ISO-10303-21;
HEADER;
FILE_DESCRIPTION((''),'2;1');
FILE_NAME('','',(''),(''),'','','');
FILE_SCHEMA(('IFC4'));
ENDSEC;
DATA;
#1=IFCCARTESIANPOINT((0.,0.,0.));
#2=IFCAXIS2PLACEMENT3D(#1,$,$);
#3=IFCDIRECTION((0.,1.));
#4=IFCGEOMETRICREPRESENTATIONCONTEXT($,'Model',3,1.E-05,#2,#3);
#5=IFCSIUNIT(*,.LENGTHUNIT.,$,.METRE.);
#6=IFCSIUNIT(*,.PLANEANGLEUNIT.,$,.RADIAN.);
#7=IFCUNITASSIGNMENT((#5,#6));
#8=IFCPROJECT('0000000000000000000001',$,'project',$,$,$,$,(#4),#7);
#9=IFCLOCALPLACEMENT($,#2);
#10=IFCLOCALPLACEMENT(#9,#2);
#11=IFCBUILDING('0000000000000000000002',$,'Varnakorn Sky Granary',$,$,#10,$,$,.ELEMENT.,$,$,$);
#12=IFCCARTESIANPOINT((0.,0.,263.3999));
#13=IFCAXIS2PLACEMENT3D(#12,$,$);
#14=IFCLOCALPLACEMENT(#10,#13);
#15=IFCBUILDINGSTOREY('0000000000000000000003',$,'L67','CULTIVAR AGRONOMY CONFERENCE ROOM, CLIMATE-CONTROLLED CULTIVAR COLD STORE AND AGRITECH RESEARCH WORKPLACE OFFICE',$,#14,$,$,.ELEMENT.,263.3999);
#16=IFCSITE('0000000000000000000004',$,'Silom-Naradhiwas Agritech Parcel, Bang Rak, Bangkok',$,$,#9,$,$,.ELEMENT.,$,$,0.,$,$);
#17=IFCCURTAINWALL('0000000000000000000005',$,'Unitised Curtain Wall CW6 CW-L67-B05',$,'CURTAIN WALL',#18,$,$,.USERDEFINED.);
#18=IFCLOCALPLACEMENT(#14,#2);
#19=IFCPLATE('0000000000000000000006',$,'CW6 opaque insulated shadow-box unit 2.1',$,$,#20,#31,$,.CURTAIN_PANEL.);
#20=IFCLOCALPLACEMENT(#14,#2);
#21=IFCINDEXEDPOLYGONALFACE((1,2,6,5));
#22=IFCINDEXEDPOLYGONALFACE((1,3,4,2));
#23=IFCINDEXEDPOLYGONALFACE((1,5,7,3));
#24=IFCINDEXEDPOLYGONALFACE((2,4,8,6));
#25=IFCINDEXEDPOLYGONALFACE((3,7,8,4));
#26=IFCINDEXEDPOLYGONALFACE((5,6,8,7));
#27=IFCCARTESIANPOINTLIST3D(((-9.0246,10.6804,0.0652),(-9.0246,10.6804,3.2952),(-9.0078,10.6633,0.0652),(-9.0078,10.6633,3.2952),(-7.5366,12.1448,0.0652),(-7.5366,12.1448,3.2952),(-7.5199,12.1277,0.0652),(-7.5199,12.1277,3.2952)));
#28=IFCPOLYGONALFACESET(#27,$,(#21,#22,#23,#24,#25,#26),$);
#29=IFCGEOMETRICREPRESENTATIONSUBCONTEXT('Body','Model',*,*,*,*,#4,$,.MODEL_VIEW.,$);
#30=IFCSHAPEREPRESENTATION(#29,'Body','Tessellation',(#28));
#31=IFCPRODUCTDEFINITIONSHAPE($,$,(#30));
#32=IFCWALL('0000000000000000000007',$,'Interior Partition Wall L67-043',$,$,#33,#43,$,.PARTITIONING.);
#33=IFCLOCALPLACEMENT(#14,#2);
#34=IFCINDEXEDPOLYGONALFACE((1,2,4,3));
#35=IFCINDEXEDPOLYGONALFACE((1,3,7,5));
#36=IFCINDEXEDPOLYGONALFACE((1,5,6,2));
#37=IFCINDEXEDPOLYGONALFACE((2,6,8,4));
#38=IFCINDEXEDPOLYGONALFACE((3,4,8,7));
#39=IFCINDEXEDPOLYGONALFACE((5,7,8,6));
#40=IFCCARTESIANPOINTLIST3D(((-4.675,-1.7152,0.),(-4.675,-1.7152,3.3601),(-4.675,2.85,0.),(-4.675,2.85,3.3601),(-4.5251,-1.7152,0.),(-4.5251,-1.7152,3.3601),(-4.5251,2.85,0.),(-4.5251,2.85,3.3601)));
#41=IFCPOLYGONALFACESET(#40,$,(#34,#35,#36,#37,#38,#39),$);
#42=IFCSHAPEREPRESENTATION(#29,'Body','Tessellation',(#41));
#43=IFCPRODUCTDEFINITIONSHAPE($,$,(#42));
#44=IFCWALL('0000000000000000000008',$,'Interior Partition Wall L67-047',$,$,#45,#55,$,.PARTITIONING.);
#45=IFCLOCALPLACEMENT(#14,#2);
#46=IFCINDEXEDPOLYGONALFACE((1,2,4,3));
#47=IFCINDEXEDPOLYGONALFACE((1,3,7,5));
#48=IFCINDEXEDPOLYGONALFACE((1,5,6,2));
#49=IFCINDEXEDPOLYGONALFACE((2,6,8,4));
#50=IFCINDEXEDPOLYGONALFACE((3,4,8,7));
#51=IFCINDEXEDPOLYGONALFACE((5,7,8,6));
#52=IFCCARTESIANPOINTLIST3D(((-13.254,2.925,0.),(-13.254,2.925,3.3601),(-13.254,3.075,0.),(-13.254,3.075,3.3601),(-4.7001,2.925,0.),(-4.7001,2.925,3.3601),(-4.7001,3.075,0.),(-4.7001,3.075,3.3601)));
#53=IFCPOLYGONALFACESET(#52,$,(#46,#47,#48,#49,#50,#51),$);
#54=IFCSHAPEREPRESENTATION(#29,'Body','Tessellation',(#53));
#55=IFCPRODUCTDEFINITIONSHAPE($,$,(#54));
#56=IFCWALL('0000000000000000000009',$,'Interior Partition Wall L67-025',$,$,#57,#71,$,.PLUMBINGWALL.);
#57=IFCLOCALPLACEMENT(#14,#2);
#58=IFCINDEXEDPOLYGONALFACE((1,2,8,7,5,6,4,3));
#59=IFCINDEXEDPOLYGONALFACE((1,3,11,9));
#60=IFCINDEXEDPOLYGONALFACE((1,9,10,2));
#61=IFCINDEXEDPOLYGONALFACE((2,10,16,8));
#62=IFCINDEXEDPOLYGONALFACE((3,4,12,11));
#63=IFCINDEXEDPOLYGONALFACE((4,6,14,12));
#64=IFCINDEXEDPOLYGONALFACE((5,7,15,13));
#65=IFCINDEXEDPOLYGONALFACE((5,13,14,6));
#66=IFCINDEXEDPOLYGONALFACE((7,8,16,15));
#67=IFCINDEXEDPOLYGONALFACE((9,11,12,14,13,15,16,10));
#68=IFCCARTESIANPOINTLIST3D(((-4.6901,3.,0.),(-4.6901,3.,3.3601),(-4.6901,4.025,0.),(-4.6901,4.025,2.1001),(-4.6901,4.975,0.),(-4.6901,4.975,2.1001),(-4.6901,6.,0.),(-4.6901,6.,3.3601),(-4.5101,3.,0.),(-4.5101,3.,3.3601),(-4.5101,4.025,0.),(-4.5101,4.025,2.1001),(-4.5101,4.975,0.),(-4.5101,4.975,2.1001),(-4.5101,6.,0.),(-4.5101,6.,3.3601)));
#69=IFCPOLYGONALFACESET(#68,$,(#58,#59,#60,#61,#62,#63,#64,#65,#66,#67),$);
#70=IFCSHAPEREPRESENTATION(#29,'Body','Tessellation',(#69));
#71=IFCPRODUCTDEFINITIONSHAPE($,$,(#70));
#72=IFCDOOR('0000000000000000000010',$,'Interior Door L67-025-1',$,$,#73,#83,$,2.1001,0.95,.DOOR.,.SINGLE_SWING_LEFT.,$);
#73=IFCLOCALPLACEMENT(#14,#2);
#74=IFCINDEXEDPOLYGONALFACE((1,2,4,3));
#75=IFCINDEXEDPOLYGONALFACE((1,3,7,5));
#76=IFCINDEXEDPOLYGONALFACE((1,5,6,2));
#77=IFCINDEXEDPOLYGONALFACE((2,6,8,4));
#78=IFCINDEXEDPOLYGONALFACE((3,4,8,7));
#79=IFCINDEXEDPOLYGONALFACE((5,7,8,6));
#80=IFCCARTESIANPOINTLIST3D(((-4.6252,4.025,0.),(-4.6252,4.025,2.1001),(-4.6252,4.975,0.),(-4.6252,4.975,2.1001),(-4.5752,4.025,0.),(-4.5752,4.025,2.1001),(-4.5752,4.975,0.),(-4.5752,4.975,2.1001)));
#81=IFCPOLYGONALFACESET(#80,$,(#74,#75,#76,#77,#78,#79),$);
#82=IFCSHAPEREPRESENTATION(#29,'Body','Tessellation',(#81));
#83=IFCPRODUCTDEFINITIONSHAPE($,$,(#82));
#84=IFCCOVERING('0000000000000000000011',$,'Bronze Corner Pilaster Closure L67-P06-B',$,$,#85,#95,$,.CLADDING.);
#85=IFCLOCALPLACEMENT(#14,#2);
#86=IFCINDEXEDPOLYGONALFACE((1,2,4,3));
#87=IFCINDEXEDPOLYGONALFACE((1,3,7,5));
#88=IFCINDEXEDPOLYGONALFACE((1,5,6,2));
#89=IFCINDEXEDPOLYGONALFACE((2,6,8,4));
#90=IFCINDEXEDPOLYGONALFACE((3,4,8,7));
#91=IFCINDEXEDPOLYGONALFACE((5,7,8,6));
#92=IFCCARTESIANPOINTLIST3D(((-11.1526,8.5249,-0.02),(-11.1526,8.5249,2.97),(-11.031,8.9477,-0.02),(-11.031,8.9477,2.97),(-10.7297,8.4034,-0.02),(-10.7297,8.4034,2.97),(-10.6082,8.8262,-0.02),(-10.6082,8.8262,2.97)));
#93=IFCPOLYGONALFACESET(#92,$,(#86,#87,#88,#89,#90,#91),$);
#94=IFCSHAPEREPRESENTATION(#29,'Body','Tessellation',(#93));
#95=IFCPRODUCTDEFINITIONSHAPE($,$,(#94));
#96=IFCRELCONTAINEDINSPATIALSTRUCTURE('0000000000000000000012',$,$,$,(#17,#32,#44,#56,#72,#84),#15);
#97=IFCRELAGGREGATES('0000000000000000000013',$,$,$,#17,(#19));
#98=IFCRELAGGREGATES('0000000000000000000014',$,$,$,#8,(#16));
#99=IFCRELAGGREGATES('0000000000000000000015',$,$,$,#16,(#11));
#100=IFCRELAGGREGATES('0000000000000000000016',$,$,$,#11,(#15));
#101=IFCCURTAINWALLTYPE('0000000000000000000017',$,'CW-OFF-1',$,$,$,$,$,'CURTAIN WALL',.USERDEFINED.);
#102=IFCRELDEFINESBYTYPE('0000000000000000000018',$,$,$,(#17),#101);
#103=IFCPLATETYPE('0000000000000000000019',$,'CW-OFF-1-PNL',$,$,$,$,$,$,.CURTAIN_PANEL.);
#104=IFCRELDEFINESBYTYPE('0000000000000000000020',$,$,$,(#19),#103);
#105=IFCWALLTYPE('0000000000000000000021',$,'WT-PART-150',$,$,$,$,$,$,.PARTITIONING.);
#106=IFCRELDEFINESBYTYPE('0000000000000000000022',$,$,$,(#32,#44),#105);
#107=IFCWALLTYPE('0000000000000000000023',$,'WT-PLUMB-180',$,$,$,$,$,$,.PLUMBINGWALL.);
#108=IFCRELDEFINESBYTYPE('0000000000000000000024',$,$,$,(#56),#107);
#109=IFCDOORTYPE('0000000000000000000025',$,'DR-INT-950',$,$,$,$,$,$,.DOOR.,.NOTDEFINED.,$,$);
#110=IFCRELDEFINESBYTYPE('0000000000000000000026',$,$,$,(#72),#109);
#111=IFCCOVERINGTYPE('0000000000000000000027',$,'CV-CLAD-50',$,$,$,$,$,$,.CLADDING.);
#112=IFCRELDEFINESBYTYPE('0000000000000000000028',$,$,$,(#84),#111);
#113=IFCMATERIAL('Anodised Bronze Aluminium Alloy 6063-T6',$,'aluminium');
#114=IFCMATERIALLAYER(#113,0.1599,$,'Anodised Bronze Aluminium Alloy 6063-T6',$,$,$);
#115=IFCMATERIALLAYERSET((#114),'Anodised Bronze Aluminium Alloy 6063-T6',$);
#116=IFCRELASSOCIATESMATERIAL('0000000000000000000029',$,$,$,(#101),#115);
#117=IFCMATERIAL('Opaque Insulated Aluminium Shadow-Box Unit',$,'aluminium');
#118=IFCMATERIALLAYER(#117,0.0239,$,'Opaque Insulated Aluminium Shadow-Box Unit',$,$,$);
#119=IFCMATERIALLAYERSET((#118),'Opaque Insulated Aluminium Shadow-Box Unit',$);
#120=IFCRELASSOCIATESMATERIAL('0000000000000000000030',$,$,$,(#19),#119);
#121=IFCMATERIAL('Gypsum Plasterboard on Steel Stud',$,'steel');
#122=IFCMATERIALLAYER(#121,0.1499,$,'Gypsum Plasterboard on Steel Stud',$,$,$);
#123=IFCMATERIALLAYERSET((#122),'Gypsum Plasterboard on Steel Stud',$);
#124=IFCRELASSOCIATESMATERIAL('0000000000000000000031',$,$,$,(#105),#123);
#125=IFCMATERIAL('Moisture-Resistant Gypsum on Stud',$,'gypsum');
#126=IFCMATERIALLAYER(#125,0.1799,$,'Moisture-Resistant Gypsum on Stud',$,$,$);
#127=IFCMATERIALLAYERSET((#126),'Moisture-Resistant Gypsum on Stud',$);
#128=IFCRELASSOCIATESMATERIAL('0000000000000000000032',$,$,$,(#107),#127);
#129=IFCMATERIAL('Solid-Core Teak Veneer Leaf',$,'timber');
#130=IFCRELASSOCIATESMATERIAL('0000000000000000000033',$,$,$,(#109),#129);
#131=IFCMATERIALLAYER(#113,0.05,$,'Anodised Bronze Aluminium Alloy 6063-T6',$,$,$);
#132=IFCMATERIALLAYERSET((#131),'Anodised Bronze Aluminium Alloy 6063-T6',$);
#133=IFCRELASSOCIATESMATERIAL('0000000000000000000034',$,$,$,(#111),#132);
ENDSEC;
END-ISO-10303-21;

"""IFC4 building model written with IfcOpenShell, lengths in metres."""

from ifc_helpers import new_model, si_unit, direction, frame, frame_2d, origin, origin_2d, place, context, subcontext, project, spatial, rectangle, extrude, source, transform, mapped, material, layer, layer_set, type_object, type_shapes, element, fill, aggregate, save


model = new_model("IFC4")

# Units and contexts
model_context = context("Model", 3, precision=1e-05, world=origin(), true_north=direction((0.0, 1.0)))
body_context = subcontext(model_context, "Body", "Model", "MODEL_VIEW")
ifc_project = project(units=[si_unit("LENGTHUNIT", "METRE"), si_unit("PLANEANGLEUNIT", "RADIAN")], contexts=[model_context])

# Site, building, storey
site_placement = place(None, origin())
site = spatial("IfcSite", under=ifc_project, at=site_placement, Name="Silom-Naradhiwas Agritech Parcel, Bang Rak, Bangkok", CompositionType="ELEMENT", RefElevation=0.0)
building_placement = place(site_placement, origin())
building = spatial("IfcBuilding", under=site, at=building_placement, Name="Varnakorn Sky Granary", CompositionType="ELEMENT")
storey_placement = place(building_placement, frame((0.0, 0.0, 263.3999)))
storey = spatial("IfcBuildingStorey", under=building, at=storey_placement, Name="L67", Description="CULTIVAR AGRONOMY CONFERENCE ROOM, CLIMATE-CONTROLLED CULTIVAR COLD STORE AND AGRITECH RESEARCH WORKPLACE OFFICE", CompositionType="ELEMENT", Elevation=263.3999)

# Curtain wall
ifc_material_1 = material(Name="Anodised Bronze Aluminium Alloy 6063-T6", Category="aluminium")
ifc_layer_1 = layer(ifc_material_1, 0.1599, Name="Anodised Bronze Aluminium Alloy 6063-T6")
ifc_layer_set_1 = layer_set([ifc_layer_1], Name="Anodised Bronze Aluminium Alloy 6063-T6")
curtain_wall_type = type_object("IfcCurtainWallType", Name="CW-OFF-1", ElementType="CURTAIN WALL", PredefinedType="USERDEFINED", material=ifc_layer_set_1)
curtain_wall_placement = place(storey_placement, origin())
curtain_wall = element("IfcCurtainWall", 1, at=curtain_wall_placement, inside=storey, type_object=curtain_wall_type, Name="Unitised Curtain Wall CW6 CW-L67-B05", ObjectType="CURTAIN WALL", PredefinedType="USERDEFINED")

# Plate
plate_type = type_object("IfcPlateType", Name="CW-OFF-1-PNL", PredefinedType="CURTAIN_PANEL")
ifc_material_2 = material(Name="Opaque Insulated Aluminium Shadow-Box Unit", Category="aluminium")
ifc_layer_2 = layer(ifc_material_2, 0.0239, Name="Opaque Insulated Aluminium Shadow-Box Unit")
ifc_layer_set_2 = layer_set([ifc_layer_2], Name="Opaque Insulated Aluminium Shadow-Box Unit")
shared_shape_1 = source(origin(), body_context, "Body", "SweptSolid", [
    extrude(rectangle(XDim=2.0876, YDim=0.0239, at=origin_2d()), origin(), (0.0, 0.0, 1.0), 3.23),
])
plate_1_placement = place(storey_placement, frame((-8.2722, 11.4041, 0.0652), z_axis=(0.0, 0.0, 1.0), x_axis=(0.712728, 0.70144, 0.0)))
plate_1 = element("IfcPlate", 2, at=plate_1_placement, type_object=plate_type, material=ifc_layer_set_2, Name="CW6 opaque insulated shadow-box unit 2.1", PredefinedType="CURTAIN_PANEL", context=body_context, shape_type="MappedRepresentation", body=[
    mapped(shared_shape_1, transform((0.0, 0.0, 0.0), x_axis=(1.0, 0.0, 0.0), y_axis=(0.0, 1.0, 0.0), z_axis=(0.0, 0.0, 1.0), scale=1.0)),
])
aggregate(curtain_wall, [plate_1])

# Walls
ifc_material_3 = material(Name="Gypsum Plasterboard on Steel Stud", Category="steel")
ifc_layer_3 = layer(ifc_material_3, 0.1499, Name="Gypsum Plasterboard on Steel Stud")
ifc_layer_set_3 = layer_set([ifc_layer_3], Name="Gypsum Plasterboard on Steel Stud")
wall_type_1 = type_object("IfcWallType", Name="WT-PART-150", PredefinedType="PARTITIONING", material=ifc_layer_set_3)
wall_1_placement = place(storey_placement, frame((-4.6001, 2.8501, 0.0), z_axis=(0.0, 0.0, 1.0), x_axis=(0.0, -1.0, 0.0)))
element("IfcWall", 3, at=wall_1_placement, inside=storey, type_object=wall_type_1, Name="Interior Partition Wall L67-043", PredefinedType="PARTITIONING", context=body_context, shape_type="SweptSolid", body=[
    extrude(rectangle(XDim=4.5652, YDim=0.1499, at=frame_2d((2.2827, 0.0))), origin(), (0.0, 0.0, 1.0), 3.3601),
])
wall_2_placement = place(storey_placement, frame((-13.2539, 3.0, 0.0), z_axis=(0.0, 0.0, 1.0), x_axis=(1.0, 0.0, 0.0)))
element("IfcWall", 4, at=wall_2_placement, inside=storey, type_object=wall_type_1, Name="Interior Partition Wall L67-047", PredefinedType="PARTITIONING", context=body_context, shape_type="SweptSolid", body=[
    extrude(rectangle(XDim=8.554, YDim=0.1499, at=frame_2d((4.2769, 0.0))), origin(), (0.0, 0.0, 1.0), 3.3601),
])

# Wall, opening, door
ifc_material_4 = material(Name="Moisture-Resistant Gypsum on Stud", Category="gypsum")
ifc_layer_4 = layer(ifc_material_4, 0.1799, Name="Moisture-Resistant Gypsum on Stud")
ifc_layer_set_4 = layer_set([ifc_layer_4], Name="Moisture-Resistant Gypsum on Stud")
wall_type_2 = type_object("IfcWallType", Name="WT-PLUMB-180", PredefinedType="PLUMBINGWALL", material=ifc_layer_set_4)
wall_3_placement = place(storey_placement, frame((-4.6001, 6.0, 0.0), z_axis=(0.0, 0.0, 1.0), x_axis=(0.0, -1.0, 0.0)))
wall_3 = element("IfcWall", 5, at=wall_3_placement, inside=storey, type_object=wall_type_2, Name="Interior Partition Wall L67-025", PredefinedType="PLUMBINGWALL", context=body_context, shape_type="SweptSolid", body=[
    extrude(rectangle(XDim=3.0, YDim=0.1799, at=frame_2d((1.5, 0.0))), origin(), (0.0, 0.0, 1.0), 3.3601),
])
opening_placement = place(wall_3_placement, frame((1.0249, 0.0, 0.0)))
opening = element("IfcOpeningElement", 6, at=opening_placement, cuts=wall_3, PredefinedType="OPENING", context=body_context, shape_type="SweptSolid", body=[
    extrude(rectangle(XDim=0.95, YDim=2.1001, at=frame_2d((0.4751, 1.05))), frame((0.0, 0.1001, 0.0), z_axis=(0.0, -1.0, 0.0), x_axis=(1.0, 0.0, 0.0)), (0.0, 0.0, 1.0), 0.2),
])
ifc_material_5 = material(Name="Solid-Core Teak Veneer Leaf", Category="timber")
door_type = type_object("IfcDoorType", Name="DR-INT-950", OperationType="NOTDEFINED", PredefinedType="DOOR", material=ifc_material_5)
door_placement = place(opening_placement, origin())
door = element("IfcDoor", 7, at=door_placement, inside=storey, type_object=door_type, Name="Interior Door L67-025-1", OperationType="SINGLE_SWING_LEFT", OverallHeight=2.1001, OverallWidth=0.95, PredefinedType="DOOR", context=body_context, shape_type="SweptSolid", body=[
    extrude(rectangle(XDim=0.95, YDim=2.1001, at=frame_2d((0.4751, 1.05))), frame((0.0, 0.0249, 0.0), z_axis=(0.0, -1.0, 0.0), x_axis=(1.0, 0.0, 0.0)), (0.0, 0.0, 1.0), 0.05),
])
fill(opening, door)

# Covering
ifc_layer_5 = layer(ifc_material_1, 0.05, Name="Anodised Bronze Aluminium Alloy 6063-T6")
ifc_layer_set_5 = layer_set([ifc_layer_5], Name="Anodised Bronze Aluminium Alloy 6063-T6")
covering_type = type_object("IfcCoveringType", Name="CV-CLAD-50", PredefinedType="CLADDING", material=ifc_layer_set_5)
shared_shape_2 = source(origin(), body_context, "Body", "SweptSolid", [
    extrude(rectangle(XDim=0.4399, YDim=0.4399, at=origin_2d()), origin(), (0.0, 0.0, 1.0), 2.99),
])
type_shapes(covering_type, [shared_shape_2])
covering_placement = place(storey_placement, frame((-10.8804, 8.6755, -0.02), z_axis=(0.0, 0.0, 1.0), x_axis=(0.276308, 0.961069, 0.0)))
element("IfcCovering", 8, at=covering_placement, inside=storey, type_object=covering_type, Name="Bronze Corner Pilaster Closure L67-P06-B", PredefinedType="CLADDING", context=body_context, shape_type="MappedRepresentation", body=[
    mapped(shared_shape_2, transform((0.0, 0.0, 0.0), x_axis=(1.0, 0.0, 0.0), y_axis=(0.0, 1.0, 0.0), z_axis=(0.0, 0.0, 1.0), scale=1.0)),
])

save(model, "model.ifc")
